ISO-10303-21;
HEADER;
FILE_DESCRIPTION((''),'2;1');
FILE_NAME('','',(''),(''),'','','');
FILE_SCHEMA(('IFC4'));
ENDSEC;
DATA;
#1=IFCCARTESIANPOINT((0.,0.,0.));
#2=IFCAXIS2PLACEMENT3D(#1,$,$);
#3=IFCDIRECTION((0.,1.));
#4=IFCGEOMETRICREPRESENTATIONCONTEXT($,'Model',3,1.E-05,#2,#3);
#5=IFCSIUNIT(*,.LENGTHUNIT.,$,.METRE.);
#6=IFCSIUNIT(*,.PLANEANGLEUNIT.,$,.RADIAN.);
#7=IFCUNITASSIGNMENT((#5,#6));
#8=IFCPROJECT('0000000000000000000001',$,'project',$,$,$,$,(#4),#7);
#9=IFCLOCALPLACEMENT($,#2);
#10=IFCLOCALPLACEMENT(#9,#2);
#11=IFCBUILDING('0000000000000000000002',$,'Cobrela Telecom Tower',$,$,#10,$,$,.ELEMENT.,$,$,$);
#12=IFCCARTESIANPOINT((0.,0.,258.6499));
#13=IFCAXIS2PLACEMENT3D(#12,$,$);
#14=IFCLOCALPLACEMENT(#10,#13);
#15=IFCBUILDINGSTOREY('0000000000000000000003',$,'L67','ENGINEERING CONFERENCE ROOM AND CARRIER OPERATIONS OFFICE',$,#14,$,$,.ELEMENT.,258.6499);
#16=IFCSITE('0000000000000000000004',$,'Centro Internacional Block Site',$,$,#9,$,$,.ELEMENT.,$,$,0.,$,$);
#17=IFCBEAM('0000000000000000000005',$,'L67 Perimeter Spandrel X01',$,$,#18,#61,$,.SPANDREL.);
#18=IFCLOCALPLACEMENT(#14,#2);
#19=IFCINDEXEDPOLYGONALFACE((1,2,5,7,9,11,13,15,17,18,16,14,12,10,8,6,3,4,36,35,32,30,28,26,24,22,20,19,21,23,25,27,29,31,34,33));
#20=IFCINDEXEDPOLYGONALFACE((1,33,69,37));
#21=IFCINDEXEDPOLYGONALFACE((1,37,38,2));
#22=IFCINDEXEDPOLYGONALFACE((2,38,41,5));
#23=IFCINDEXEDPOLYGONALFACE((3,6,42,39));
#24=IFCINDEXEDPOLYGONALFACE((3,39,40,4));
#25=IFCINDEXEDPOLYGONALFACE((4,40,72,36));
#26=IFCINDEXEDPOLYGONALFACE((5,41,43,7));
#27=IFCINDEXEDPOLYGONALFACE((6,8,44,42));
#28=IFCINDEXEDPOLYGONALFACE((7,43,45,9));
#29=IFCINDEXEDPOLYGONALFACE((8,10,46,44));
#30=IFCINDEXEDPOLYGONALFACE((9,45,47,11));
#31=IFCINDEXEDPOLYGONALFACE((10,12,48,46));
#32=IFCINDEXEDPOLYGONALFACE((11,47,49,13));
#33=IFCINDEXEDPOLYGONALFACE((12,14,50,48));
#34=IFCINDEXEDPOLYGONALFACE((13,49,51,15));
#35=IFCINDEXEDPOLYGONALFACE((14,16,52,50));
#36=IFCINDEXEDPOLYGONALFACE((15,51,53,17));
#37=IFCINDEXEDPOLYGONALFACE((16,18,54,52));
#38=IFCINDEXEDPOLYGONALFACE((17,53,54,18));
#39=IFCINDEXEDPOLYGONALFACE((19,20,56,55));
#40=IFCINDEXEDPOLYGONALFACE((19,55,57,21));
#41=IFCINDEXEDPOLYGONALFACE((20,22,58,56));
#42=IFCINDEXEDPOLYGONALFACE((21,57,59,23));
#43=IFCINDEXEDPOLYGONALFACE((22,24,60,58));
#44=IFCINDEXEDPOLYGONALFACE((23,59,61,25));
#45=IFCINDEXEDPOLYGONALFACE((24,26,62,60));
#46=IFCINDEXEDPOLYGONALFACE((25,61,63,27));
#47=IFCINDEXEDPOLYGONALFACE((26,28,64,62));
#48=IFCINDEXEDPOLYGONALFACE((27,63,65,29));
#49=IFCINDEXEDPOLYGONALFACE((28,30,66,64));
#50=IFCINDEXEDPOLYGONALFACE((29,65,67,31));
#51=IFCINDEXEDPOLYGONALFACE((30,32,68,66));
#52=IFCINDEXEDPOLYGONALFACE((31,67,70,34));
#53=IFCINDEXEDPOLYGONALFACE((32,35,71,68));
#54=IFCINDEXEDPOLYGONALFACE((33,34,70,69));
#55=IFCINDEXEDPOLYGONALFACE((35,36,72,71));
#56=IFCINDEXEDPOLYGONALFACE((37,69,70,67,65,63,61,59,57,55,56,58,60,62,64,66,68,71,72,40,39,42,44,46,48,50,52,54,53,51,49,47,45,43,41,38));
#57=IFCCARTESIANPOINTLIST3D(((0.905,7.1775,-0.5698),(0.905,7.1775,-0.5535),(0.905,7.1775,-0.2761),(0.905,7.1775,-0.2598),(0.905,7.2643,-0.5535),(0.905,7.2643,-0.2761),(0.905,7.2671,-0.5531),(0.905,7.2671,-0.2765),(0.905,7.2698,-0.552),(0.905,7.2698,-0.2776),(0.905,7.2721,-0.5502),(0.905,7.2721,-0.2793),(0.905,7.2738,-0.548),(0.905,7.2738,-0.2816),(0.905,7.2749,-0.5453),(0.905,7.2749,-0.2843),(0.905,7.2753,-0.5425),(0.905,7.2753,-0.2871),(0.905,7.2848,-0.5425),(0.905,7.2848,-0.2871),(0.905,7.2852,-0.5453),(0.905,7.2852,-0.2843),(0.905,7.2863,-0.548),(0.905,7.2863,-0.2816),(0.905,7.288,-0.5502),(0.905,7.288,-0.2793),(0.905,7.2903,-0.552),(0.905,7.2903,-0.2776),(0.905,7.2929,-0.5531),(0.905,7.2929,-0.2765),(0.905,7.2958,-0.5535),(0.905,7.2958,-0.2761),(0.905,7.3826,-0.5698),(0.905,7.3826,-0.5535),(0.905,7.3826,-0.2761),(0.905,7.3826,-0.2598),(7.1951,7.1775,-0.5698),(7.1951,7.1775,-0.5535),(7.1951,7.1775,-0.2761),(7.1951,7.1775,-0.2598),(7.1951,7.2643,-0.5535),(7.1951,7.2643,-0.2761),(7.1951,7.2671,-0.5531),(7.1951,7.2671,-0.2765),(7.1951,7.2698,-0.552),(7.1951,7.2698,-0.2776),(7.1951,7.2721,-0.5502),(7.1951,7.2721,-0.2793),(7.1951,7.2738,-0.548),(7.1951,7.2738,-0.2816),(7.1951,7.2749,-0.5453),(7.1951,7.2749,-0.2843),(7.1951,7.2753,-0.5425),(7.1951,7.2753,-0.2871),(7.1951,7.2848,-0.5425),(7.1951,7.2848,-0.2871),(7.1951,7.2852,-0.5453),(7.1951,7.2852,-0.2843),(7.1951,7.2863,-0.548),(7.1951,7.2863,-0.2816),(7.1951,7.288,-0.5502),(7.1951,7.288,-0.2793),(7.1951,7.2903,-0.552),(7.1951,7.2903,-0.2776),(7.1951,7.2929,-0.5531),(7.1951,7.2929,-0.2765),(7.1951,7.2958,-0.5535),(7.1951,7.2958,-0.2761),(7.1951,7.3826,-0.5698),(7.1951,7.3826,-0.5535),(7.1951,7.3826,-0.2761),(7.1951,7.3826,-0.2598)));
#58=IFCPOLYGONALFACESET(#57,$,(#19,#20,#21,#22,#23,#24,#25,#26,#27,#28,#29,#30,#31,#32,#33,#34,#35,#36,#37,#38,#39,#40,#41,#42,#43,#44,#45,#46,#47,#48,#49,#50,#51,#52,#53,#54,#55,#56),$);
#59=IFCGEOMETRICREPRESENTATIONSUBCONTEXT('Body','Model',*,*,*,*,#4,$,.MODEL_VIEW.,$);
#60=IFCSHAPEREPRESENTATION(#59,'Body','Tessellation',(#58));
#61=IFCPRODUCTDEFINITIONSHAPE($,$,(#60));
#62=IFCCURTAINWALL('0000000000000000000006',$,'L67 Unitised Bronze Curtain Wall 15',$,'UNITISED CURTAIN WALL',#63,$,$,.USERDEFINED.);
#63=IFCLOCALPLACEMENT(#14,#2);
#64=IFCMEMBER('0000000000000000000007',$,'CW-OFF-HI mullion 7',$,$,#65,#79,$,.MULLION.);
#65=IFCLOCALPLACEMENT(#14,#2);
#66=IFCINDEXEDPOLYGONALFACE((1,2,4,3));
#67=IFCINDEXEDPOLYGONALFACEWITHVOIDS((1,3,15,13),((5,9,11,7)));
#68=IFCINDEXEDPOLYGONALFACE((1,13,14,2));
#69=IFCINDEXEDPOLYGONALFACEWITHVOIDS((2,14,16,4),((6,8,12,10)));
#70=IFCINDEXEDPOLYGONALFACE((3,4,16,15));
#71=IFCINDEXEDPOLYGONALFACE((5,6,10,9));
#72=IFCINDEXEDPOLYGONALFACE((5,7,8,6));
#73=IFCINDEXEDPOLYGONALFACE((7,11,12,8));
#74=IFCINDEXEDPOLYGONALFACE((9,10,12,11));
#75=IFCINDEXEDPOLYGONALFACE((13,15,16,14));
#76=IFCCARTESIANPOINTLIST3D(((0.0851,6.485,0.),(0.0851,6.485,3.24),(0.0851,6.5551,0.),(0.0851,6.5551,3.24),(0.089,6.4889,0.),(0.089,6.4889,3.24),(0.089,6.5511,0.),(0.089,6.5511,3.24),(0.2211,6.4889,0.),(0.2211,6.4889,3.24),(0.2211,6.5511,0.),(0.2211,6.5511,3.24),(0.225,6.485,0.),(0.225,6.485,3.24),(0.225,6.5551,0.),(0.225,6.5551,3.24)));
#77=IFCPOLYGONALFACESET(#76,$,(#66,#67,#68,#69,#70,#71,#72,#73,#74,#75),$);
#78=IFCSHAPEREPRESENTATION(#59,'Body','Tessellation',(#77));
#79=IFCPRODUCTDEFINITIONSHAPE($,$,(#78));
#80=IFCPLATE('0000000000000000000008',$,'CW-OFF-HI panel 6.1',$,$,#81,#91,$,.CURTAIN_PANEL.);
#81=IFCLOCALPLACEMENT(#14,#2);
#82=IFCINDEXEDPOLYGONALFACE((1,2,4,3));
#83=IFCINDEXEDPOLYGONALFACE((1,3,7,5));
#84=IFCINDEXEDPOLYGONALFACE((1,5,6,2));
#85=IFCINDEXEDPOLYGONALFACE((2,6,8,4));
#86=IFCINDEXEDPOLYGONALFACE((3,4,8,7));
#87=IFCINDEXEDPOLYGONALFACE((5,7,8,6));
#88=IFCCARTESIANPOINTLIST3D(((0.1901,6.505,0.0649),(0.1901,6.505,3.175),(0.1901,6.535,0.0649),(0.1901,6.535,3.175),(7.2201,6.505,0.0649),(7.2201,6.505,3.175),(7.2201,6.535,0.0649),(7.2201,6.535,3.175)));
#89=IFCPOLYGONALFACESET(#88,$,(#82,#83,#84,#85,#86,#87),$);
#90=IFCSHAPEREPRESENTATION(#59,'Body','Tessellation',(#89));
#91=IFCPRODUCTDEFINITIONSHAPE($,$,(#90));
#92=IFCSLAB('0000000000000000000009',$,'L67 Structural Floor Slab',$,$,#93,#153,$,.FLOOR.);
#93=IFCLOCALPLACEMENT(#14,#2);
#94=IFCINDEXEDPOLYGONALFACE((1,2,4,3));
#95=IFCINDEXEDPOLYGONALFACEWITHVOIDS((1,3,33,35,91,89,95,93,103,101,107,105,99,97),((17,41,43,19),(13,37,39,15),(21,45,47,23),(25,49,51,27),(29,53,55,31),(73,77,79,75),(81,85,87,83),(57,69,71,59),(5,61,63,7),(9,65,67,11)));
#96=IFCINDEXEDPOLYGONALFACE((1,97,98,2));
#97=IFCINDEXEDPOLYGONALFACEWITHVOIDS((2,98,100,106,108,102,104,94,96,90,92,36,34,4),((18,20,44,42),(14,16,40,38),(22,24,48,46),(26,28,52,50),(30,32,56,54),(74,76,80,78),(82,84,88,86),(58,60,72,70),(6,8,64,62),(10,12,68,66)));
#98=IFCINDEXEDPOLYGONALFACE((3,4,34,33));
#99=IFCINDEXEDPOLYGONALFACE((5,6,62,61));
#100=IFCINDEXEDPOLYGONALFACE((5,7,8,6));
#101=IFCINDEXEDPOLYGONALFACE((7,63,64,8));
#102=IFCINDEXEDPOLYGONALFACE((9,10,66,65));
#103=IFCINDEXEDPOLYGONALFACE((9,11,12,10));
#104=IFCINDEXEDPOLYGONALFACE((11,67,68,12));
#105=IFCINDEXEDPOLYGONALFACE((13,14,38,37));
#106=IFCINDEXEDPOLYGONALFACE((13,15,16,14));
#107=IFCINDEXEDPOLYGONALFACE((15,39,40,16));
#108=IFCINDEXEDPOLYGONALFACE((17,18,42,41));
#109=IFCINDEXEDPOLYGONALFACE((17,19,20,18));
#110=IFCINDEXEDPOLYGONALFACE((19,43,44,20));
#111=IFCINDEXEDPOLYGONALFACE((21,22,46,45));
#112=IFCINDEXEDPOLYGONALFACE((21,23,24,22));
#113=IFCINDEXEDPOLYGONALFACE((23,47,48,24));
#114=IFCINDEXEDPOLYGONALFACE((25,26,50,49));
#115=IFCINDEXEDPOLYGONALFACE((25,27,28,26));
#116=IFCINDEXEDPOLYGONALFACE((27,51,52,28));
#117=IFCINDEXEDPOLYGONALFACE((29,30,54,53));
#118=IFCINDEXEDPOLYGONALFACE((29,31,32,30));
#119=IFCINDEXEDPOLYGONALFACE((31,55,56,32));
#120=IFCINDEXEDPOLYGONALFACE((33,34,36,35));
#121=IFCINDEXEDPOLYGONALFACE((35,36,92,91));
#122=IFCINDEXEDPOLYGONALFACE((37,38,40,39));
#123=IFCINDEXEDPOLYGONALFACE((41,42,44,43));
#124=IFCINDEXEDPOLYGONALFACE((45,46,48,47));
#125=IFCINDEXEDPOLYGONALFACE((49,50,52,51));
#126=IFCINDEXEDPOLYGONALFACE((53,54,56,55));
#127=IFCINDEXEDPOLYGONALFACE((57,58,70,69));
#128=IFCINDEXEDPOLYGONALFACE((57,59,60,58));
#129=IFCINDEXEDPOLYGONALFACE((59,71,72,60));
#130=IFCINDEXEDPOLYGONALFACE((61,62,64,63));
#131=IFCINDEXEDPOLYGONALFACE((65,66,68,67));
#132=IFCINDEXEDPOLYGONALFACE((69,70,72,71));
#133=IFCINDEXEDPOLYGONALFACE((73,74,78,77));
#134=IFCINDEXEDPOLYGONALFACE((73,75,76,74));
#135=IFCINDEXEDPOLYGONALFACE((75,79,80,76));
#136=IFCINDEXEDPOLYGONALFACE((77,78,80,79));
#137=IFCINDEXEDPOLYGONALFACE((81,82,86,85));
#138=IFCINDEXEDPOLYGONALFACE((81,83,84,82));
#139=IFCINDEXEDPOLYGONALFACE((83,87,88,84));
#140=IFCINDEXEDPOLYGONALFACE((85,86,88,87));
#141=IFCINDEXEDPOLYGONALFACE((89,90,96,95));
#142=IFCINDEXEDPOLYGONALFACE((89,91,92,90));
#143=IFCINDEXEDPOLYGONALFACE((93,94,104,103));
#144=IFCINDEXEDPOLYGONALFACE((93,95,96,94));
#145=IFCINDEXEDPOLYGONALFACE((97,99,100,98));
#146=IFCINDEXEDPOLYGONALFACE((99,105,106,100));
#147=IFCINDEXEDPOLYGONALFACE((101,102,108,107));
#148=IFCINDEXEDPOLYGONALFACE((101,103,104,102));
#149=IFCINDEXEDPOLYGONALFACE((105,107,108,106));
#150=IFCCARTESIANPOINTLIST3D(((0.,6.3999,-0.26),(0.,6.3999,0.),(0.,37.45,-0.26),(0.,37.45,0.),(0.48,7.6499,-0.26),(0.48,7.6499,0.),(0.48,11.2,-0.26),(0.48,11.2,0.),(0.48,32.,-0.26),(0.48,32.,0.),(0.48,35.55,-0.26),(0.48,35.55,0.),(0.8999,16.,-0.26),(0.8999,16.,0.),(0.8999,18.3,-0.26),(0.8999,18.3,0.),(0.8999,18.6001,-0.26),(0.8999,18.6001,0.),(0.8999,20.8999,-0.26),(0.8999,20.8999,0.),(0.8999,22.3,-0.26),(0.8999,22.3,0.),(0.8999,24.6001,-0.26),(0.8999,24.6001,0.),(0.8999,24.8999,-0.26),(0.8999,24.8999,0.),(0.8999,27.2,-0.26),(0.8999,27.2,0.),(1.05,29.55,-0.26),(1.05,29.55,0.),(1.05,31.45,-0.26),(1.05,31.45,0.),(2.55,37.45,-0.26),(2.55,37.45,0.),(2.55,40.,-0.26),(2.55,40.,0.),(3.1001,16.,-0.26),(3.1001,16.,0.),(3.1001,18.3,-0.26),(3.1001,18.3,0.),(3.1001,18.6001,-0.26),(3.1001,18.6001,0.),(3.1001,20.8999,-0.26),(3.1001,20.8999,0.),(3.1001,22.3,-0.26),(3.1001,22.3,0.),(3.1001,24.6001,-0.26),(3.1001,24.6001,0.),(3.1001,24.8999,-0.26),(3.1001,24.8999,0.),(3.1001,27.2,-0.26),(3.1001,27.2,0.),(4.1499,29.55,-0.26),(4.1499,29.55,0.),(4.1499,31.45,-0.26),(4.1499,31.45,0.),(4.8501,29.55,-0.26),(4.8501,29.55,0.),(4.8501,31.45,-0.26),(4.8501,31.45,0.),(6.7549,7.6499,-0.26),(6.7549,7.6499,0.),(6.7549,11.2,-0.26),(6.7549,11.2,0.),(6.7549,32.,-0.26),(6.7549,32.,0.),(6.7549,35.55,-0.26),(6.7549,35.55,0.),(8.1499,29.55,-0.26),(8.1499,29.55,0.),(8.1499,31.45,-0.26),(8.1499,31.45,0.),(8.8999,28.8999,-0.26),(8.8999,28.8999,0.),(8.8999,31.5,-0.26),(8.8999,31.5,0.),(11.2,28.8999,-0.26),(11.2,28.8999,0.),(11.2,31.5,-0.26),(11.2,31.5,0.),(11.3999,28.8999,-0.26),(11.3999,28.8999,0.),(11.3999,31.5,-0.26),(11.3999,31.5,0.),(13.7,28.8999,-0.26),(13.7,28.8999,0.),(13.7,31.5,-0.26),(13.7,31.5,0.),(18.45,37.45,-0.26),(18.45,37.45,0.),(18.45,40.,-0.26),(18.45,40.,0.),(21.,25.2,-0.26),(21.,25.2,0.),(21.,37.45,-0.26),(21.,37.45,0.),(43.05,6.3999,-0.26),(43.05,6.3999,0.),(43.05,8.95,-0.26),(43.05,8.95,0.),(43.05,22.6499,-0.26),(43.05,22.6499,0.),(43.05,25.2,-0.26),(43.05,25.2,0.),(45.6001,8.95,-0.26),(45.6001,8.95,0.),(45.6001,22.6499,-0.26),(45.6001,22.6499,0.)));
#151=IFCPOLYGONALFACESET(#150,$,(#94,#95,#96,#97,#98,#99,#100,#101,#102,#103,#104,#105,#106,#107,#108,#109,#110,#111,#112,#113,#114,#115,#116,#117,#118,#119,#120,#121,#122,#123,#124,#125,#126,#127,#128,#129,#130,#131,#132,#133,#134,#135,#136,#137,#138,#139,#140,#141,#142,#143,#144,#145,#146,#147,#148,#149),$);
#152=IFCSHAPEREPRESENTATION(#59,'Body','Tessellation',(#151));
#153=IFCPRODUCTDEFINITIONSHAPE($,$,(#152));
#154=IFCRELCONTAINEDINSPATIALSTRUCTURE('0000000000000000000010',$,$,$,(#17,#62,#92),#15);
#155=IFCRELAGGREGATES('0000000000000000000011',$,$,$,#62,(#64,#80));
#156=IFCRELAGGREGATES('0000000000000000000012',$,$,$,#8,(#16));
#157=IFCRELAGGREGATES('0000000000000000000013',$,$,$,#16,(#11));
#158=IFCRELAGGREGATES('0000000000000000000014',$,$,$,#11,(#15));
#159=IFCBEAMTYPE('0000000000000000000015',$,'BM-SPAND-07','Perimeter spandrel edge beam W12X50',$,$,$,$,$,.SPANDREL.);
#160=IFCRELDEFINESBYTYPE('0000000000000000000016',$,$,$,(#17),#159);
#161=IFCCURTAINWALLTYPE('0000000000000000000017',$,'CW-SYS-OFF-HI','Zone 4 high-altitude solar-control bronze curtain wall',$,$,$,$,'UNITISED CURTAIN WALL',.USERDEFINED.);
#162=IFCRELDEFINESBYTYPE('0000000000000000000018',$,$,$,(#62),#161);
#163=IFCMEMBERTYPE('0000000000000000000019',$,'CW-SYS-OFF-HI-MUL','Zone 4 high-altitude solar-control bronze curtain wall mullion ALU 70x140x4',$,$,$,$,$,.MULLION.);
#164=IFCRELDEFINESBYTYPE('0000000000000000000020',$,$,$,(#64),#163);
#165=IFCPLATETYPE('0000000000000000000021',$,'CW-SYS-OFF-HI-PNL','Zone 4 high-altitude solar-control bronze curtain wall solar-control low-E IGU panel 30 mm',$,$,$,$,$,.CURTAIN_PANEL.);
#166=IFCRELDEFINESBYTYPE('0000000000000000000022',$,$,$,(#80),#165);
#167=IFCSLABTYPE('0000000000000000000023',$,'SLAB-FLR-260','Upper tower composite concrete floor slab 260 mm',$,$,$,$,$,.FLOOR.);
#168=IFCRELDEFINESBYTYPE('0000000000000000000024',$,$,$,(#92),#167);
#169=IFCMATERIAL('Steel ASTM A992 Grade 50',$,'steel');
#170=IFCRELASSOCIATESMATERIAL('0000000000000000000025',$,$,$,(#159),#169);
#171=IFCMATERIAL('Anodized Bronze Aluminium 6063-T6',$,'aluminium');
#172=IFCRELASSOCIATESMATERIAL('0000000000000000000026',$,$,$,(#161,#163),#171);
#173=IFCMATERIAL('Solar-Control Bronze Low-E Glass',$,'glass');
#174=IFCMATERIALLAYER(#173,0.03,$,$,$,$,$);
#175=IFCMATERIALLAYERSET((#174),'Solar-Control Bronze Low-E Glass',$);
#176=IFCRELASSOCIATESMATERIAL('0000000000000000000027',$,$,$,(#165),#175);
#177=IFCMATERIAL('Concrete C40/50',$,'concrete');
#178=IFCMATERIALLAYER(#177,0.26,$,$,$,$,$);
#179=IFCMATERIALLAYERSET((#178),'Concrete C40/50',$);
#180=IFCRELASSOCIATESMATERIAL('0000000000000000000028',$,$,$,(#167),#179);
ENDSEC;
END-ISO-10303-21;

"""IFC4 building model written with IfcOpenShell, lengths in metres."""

from ifc_helpers import new_model, si_unit, direction, frame, origin, origin_2d, place, context, subcontext, project, spatial, polyline, rectangle, hollow_rectangle, i_section, outline, extrude, material, layer, layer_set, material_profile, profile_set, type_object, element, aggregate, save


model = new_model("IFC4")

# Units and contexts
model_context = context("Model", 3, precision=1e-05, world=origin(), true_north=direction((0.0, 1.0)))
body_context = subcontext(model_context, "Body", "Model", "MODEL_VIEW")
ifc_project = project(units=[si_unit("LENGTHUNIT", "METRE"), si_unit("PLANEANGLEUNIT", "RADIAN")], contexts=[model_context])

# Site, building, storey
site_placement = place(None, origin())
site = spatial("IfcSite", under=ifc_project, at=site_placement, Name="Centro Internacional Block Site", CompositionType="ELEMENT", RefElevation=0.0)
building_placement = place(site_placement, origin())
building = spatial("IfcBuilding", under=site, at=building_placement, Name="Cobrela Telecom Tower", CompositionType="ELEMENT")
storey_placement = place(building_placement, frame((0.0, 0.0, 258.6499)))
storey = spatial("IfcBuildingStorey", under=building, at=storey_placement, Name="L67", Description="ENGINEERING CONFERENCE ROOM AND CARRIER OPERATIONS OFFICE", CompositionType="ELEMENT", Elevation=258.6499)

# Beam
ifc_material_1 = material(Name="Steel ASTM A992 Grade 50", Category="steel")
ifc_material_profile_1 = material_profile(ifc_material_1, i_section(OverallWidth=0.2051, OverallDepth=0.3101, WebThickness=0.0095, FlangeThickness=0.0164, FilletRadius=0.011, at=origin_2d()), Name="W12X50")
ifc_profile_set_1 = profile_set([ifc_material_profile_1], Name="Steel ASTM A992 Grade 50")
beam_type = type_object("IfcBeamType", Name="BM-SPAND-07", Description="Perimeter spandrel edge beam W12X50", PredefinedType="SPANDREL", material=ifc_profile_set_1)
beam_placement = place(storey_placement, frame((0.905, 7.28, -0.4148), z_axis=(1.0, 0.0, 0.0), x_axis=(0.0, 1.0, 0.0)))
element("IfcBeam", 1, at=beam_placement, inside=storey, type_object=beam_type, Name="L67 Perimeter Spandrel X01", PredefinedType="SPANDREL", context=body_context, shape_type="SweptSolid", body=[
    extrude(i_section(OverallWidth=0.2051, OverallDepth=0.3101, WebThickness=0.0095, FlangeThickness=0.0164, FilletRadius=0.011, at=origin_2d()), origin(), (0.0, 0.0, 1.0), 6.29),
])

# Curtain wall, member, plate
ifc_material_2 = material(Name="Anodized Bronze Aluminium 6063-T6", Category="aluminium")
curtain_wall_type = type_object("IfcCurtainWallType", Name="CW-SYS-OFF-HI", Description="Zone 4 high-altitude solar-control bronze curtain wall", ElementType="UNITISED CURTAIN WALL", PredefinedType="USERDEFINED", material=ifc_material_2)
curtain_wall_placement = place(storey_placement, origin())
curtain_wall = element("IfcCurtainWall", 2, at=curtain_wall_placement, inside=storey, type_object=curtain_wall_type, Name="L67 Unitised Bronze Curtain Wall 15", ObjectType="UNITISED CURTAIN WALL", PredefinedType="USERDEFINED")
ifc_material_profile_2 = material_profile(ifc_material_2, hollow_rectangle(XDim=0.0701, YDim=0.1399, WallThickness=0.0039, at=origin_2d()), Name="ALU 70x140x4")
ifc_profile_set_2 = profile_set([ifc_material_profile_2], Name="Anodized Bronze Aluminium 6063-T6")
member_type = type_object("IfcMemberType", Name="CW-SYS-OFF-HI-MUL", Description="Zone 4 high-altitude solar-control bronze curtain wall mullion ALU 70x140x4", PredefinedType="MULLION", material=ifc_profile_set_2)
member_placement = place(storey_placement, frame((0.155, 6.52, 0.0), z_axis=(0.0, 0.0, 1.0), x_axis=(0.0, -1.0, 0.0)))
member = element("IfcMember", 3, at=member_placement, type_object=member_type, Name="CW-OFF-HI mullion 7", PredefinedType="MULLION", context=body_context, shape_type="SweptSolid", body=[
    extrude(hollow_rectangle(XDim=0.0701, YDim=0.1399, WallThickness=0.0039, at=origin_2d()), origin(), (0.0, 0.0, 1.0), 3.24),
])
ifc_material_3 = material(Name="Solar-Control Bronze Low-E Glass", Category="glass")
ifc_layer_1 = layer(ifc_material_3, 0.03)
ifc_layer_set_1 = layer_set([ifc_layer_1], Name="Solar-Control Bronze Low-E Glass")
plate_type = type_object("IfcPlateType", Name="CW-SYS-OFF-HI-PNL", Description="Zone 4 high-altitude solar-control bronze curtain wall solar-control low-E IGU panel 30 mm", PredefinedType="CURTAIN_PANEL", material=ifc_layer_set_1)
plate_placement = place(storey_placement, frame((3.7051, 6.52, 0.0649), z_axis=(0.0, 0.0, 1.0), x_axis=(-1.0, 0.0, 0.0)))
plate = element("IfcPlate", 4, at=plate_placement, type_object=plate_type, Name="CW-OFF-HI panel 6.1", PredefinedType="CURTAIN_PANEL", context=body_context, shape_type="SweptSolid", body=[
    extrude(rectangle(XDim=7.03, YDim=0.03, at=origin_2d()), origin(), (0.0, 0.0, 1.0), 3.1101),
])
aggregate(curtain_wall, [member, plate])

# Slab, openings
ifc_material_4 = material(Name="Concrete C40/50", Category="concrete")
ifc_layer_2 = layer(ifc_material_4, 0.26)
ifc_layer_set_2 = layer_set([ifc_layer_2], Name="Concrete C40/50")
slab_type_1 = type_object("IfcSlabType", Name="SLAB-FLR-260", Description="Upper tower composite concrete floor slab 260 mm", PredefinedType="FLOOR", material=ifc_layer_set_2)
slab_1_placement = place(storey_placement, frame((0.0, 0.0, -0.26)))
slab_1 = element("IfcSlab", 5, at=slab_1_placement, inside=storey, type_object=slab_type_1, Name="L67 Structural Floor Slab", PredefinedType="FLOOR", context=body_context, shape_type="SweptSolid", body=[
    extrude(outline(polyline([(0.0, 6.3999), (43.05, 6.3999), (43.05, 8.95), (45.6001, 8.95), (45.6001, 22.6499), (43.05, 22.6499), (43.05, 25.2), (21.0, 25.2), (21.0, 37.45), (18.45, 37.45), (18.45, 40.0), (2.55, 40.0), (2.55, 37.45), (0.0, 37.45), (0.0, 6.3999)])), origin(), (0.0, 0.0, 1.0), 0.26),
])
opening_1_placement = place(slab_1_placement, frame((0.0, 0.0, -0.02)))
element("IfcOpeningElement", 6, at=opening_1_placement, cuts=slab_1, PredefinedType="OPENING", context=body_context, shape_type="SweptSolid", body=[
    extrude(outline(polyline([(8.8999, 28.8999), (11.2, 28.8999), (11.2, 31.5), (8.8999, 31.5), (8.8999, 28.8999)])), origin(), (0.0, 0.0, 1.0), 0.3),
])
opening_2_placement = place(slab_1_placement, frame((0.0, 0.0, -0.02)))
element("IfcOpeningElement", 7, at=opening_2_placement, cuts=slab_1, PredefinedType="OPENING", context=body_context, shape_type="SweptSolid", body=[
    extrude(outline(polyline([(11.3999, 28.8999), (13.7, 28.8999), (13.7, 31.5), (11.3999, 31.5), (11.3999, 28.8999)])), origin(), (0.0, 0.0, 1.0), 0.3),
])
opening_3_placement = place(slab_1_placement, frame((0.0, 0.0, -0.02)))
element("IfcOpeningElement", 8, at=opening_3_placement, cuts=slab_1, PredefinedType="OPENING", context=body_context, shape_type="SweptSolid", body=[
    extrude(outline(polyline([(0.8999, 16.0), (3.1001, 16.0), (3.1001, 18.3), (0.8999, 18.3), (0.8999, 16.0)])), origin(), (0.0, 0.0, 1.0), 0.3),
])
opening_4_placement = place(slab_1_placement, frame((0.0, 0.0, -0.02)))
element("IfcOpeningElement", 9, at=opening_4_placement, cuts=slab_1, PredefinedType="OPENING", context=body_context, shape_type="SweptSolid", body=[
    extrude(outline(polyline([(0.8999, 18.6001), (3.1001, 18.6001), (3.1001, 20.8999), (0.8999, 20.8999), (0.8999, 18.6001)])), origin(), (0.0, 0.0, 1.0), 0.3),
])
opening_5_placement = place(slab_1_placement, frame((0.0, 0.0, -0.02)))
element("IfcOpeningElement", 10, at=opening_5_placement, cuts=slab_1, PredefinedType="OPENING", context=body_context, shape_type="SweptSolid", body=[
    extrude(outline(polyline([(0.8999, 22.3), (3.1001, 22.3), (3.1001, 24.6001), (0.8999, 24.6001), (0.8999, 22.3)])), origin(), (0.0, 0.0, 1.0), 0.3),
])
opening_6_placement = place(slab_1_placement, frame((0.0, 0.0, -0.02)))
element("IfcOpeningElement", 11, at=opening_6_placement, cuts=slab_1, PredefinedType="OPENING", context=body_context, shape_type="SweptSolid", body=[
    extrude(outline(polyline([(0.8999, 24.8999), (3.1001, 24.8999), (3.1001, 27.2), (0.8999, 27.2), (0.8999, 24.8999)])), origin(), (0.0, 0.0, 1.0), 0.3),
])
opening_7_placement = place(slab_1_placement, frame((0.0, 0.0, -0.02)))
element("IfcOpeningElement", 12, at=opening_7_placement, cuts=slab_1, PredefinedType="OPENING", context=body_context, shape_type="SweptSolid", body=[
    extrude(outline(polyline([(1.05, 29.55), (4.1499, 29.55), (4.1499, 31.45), (1.05, 31.45), (1.05, 29.55)])), origin(), (0.0, 0.0, 1.0), 0.3),
])
opening_8_placement = place(slab_1_placement, frame((0.0, 0.0, -0.02)))
element("IfcOpeningElement", 13, at=opening_8_placement, cuts=slab_1, PredefinedType="OPENING", context=body_context, shape_type="SweptSolid", body=[
    extrude(outline(polyline([(4.8501, 29.55), (8.1499, 29.55), (8.1499, 31.45), (4.8501, 31.45), (4.8501, 29.55)])), origin(), (0.0, 0.0, 1.0), 0.3),
])
opening_9_placement = place(slab_1_placement, frame((0.0, 0.0, -0.02)))
element("IfcOpeningElement", 14, at=opening_9_placement, cuts=slab_1, PredefinedType="OPENING", context=body_context, shape_type="SweptSolid", body=[
    extrude(outline(polyline([(6.7549, 35.55), (0.48, 35.55), (0.48, 32.0), (6.7549, 32.0), (6.7549, 35.55)])), origin(), (0.0, 0.0, 1.0), 0.3),
])
opening_10_placement = place(slab_1_placement, frame((0.0, 0.0, -0.02)))
element("IfcOpeningElement", 15, at=opening_10_placement, cuts=slab_1, PredefinedType="OPENING", context=body_context, shape_type="SweptSolid", body=[
    extrude(outline(polyline([(6.7549, 11.2), (0.48, 11.2), (0.48, 7.6499), (6.7549, 7.6499), (6.7549, 11.2)])), origin(), (0.0, 0.0, 1.0), 0.3),
])

save(model, "model.ifc")
